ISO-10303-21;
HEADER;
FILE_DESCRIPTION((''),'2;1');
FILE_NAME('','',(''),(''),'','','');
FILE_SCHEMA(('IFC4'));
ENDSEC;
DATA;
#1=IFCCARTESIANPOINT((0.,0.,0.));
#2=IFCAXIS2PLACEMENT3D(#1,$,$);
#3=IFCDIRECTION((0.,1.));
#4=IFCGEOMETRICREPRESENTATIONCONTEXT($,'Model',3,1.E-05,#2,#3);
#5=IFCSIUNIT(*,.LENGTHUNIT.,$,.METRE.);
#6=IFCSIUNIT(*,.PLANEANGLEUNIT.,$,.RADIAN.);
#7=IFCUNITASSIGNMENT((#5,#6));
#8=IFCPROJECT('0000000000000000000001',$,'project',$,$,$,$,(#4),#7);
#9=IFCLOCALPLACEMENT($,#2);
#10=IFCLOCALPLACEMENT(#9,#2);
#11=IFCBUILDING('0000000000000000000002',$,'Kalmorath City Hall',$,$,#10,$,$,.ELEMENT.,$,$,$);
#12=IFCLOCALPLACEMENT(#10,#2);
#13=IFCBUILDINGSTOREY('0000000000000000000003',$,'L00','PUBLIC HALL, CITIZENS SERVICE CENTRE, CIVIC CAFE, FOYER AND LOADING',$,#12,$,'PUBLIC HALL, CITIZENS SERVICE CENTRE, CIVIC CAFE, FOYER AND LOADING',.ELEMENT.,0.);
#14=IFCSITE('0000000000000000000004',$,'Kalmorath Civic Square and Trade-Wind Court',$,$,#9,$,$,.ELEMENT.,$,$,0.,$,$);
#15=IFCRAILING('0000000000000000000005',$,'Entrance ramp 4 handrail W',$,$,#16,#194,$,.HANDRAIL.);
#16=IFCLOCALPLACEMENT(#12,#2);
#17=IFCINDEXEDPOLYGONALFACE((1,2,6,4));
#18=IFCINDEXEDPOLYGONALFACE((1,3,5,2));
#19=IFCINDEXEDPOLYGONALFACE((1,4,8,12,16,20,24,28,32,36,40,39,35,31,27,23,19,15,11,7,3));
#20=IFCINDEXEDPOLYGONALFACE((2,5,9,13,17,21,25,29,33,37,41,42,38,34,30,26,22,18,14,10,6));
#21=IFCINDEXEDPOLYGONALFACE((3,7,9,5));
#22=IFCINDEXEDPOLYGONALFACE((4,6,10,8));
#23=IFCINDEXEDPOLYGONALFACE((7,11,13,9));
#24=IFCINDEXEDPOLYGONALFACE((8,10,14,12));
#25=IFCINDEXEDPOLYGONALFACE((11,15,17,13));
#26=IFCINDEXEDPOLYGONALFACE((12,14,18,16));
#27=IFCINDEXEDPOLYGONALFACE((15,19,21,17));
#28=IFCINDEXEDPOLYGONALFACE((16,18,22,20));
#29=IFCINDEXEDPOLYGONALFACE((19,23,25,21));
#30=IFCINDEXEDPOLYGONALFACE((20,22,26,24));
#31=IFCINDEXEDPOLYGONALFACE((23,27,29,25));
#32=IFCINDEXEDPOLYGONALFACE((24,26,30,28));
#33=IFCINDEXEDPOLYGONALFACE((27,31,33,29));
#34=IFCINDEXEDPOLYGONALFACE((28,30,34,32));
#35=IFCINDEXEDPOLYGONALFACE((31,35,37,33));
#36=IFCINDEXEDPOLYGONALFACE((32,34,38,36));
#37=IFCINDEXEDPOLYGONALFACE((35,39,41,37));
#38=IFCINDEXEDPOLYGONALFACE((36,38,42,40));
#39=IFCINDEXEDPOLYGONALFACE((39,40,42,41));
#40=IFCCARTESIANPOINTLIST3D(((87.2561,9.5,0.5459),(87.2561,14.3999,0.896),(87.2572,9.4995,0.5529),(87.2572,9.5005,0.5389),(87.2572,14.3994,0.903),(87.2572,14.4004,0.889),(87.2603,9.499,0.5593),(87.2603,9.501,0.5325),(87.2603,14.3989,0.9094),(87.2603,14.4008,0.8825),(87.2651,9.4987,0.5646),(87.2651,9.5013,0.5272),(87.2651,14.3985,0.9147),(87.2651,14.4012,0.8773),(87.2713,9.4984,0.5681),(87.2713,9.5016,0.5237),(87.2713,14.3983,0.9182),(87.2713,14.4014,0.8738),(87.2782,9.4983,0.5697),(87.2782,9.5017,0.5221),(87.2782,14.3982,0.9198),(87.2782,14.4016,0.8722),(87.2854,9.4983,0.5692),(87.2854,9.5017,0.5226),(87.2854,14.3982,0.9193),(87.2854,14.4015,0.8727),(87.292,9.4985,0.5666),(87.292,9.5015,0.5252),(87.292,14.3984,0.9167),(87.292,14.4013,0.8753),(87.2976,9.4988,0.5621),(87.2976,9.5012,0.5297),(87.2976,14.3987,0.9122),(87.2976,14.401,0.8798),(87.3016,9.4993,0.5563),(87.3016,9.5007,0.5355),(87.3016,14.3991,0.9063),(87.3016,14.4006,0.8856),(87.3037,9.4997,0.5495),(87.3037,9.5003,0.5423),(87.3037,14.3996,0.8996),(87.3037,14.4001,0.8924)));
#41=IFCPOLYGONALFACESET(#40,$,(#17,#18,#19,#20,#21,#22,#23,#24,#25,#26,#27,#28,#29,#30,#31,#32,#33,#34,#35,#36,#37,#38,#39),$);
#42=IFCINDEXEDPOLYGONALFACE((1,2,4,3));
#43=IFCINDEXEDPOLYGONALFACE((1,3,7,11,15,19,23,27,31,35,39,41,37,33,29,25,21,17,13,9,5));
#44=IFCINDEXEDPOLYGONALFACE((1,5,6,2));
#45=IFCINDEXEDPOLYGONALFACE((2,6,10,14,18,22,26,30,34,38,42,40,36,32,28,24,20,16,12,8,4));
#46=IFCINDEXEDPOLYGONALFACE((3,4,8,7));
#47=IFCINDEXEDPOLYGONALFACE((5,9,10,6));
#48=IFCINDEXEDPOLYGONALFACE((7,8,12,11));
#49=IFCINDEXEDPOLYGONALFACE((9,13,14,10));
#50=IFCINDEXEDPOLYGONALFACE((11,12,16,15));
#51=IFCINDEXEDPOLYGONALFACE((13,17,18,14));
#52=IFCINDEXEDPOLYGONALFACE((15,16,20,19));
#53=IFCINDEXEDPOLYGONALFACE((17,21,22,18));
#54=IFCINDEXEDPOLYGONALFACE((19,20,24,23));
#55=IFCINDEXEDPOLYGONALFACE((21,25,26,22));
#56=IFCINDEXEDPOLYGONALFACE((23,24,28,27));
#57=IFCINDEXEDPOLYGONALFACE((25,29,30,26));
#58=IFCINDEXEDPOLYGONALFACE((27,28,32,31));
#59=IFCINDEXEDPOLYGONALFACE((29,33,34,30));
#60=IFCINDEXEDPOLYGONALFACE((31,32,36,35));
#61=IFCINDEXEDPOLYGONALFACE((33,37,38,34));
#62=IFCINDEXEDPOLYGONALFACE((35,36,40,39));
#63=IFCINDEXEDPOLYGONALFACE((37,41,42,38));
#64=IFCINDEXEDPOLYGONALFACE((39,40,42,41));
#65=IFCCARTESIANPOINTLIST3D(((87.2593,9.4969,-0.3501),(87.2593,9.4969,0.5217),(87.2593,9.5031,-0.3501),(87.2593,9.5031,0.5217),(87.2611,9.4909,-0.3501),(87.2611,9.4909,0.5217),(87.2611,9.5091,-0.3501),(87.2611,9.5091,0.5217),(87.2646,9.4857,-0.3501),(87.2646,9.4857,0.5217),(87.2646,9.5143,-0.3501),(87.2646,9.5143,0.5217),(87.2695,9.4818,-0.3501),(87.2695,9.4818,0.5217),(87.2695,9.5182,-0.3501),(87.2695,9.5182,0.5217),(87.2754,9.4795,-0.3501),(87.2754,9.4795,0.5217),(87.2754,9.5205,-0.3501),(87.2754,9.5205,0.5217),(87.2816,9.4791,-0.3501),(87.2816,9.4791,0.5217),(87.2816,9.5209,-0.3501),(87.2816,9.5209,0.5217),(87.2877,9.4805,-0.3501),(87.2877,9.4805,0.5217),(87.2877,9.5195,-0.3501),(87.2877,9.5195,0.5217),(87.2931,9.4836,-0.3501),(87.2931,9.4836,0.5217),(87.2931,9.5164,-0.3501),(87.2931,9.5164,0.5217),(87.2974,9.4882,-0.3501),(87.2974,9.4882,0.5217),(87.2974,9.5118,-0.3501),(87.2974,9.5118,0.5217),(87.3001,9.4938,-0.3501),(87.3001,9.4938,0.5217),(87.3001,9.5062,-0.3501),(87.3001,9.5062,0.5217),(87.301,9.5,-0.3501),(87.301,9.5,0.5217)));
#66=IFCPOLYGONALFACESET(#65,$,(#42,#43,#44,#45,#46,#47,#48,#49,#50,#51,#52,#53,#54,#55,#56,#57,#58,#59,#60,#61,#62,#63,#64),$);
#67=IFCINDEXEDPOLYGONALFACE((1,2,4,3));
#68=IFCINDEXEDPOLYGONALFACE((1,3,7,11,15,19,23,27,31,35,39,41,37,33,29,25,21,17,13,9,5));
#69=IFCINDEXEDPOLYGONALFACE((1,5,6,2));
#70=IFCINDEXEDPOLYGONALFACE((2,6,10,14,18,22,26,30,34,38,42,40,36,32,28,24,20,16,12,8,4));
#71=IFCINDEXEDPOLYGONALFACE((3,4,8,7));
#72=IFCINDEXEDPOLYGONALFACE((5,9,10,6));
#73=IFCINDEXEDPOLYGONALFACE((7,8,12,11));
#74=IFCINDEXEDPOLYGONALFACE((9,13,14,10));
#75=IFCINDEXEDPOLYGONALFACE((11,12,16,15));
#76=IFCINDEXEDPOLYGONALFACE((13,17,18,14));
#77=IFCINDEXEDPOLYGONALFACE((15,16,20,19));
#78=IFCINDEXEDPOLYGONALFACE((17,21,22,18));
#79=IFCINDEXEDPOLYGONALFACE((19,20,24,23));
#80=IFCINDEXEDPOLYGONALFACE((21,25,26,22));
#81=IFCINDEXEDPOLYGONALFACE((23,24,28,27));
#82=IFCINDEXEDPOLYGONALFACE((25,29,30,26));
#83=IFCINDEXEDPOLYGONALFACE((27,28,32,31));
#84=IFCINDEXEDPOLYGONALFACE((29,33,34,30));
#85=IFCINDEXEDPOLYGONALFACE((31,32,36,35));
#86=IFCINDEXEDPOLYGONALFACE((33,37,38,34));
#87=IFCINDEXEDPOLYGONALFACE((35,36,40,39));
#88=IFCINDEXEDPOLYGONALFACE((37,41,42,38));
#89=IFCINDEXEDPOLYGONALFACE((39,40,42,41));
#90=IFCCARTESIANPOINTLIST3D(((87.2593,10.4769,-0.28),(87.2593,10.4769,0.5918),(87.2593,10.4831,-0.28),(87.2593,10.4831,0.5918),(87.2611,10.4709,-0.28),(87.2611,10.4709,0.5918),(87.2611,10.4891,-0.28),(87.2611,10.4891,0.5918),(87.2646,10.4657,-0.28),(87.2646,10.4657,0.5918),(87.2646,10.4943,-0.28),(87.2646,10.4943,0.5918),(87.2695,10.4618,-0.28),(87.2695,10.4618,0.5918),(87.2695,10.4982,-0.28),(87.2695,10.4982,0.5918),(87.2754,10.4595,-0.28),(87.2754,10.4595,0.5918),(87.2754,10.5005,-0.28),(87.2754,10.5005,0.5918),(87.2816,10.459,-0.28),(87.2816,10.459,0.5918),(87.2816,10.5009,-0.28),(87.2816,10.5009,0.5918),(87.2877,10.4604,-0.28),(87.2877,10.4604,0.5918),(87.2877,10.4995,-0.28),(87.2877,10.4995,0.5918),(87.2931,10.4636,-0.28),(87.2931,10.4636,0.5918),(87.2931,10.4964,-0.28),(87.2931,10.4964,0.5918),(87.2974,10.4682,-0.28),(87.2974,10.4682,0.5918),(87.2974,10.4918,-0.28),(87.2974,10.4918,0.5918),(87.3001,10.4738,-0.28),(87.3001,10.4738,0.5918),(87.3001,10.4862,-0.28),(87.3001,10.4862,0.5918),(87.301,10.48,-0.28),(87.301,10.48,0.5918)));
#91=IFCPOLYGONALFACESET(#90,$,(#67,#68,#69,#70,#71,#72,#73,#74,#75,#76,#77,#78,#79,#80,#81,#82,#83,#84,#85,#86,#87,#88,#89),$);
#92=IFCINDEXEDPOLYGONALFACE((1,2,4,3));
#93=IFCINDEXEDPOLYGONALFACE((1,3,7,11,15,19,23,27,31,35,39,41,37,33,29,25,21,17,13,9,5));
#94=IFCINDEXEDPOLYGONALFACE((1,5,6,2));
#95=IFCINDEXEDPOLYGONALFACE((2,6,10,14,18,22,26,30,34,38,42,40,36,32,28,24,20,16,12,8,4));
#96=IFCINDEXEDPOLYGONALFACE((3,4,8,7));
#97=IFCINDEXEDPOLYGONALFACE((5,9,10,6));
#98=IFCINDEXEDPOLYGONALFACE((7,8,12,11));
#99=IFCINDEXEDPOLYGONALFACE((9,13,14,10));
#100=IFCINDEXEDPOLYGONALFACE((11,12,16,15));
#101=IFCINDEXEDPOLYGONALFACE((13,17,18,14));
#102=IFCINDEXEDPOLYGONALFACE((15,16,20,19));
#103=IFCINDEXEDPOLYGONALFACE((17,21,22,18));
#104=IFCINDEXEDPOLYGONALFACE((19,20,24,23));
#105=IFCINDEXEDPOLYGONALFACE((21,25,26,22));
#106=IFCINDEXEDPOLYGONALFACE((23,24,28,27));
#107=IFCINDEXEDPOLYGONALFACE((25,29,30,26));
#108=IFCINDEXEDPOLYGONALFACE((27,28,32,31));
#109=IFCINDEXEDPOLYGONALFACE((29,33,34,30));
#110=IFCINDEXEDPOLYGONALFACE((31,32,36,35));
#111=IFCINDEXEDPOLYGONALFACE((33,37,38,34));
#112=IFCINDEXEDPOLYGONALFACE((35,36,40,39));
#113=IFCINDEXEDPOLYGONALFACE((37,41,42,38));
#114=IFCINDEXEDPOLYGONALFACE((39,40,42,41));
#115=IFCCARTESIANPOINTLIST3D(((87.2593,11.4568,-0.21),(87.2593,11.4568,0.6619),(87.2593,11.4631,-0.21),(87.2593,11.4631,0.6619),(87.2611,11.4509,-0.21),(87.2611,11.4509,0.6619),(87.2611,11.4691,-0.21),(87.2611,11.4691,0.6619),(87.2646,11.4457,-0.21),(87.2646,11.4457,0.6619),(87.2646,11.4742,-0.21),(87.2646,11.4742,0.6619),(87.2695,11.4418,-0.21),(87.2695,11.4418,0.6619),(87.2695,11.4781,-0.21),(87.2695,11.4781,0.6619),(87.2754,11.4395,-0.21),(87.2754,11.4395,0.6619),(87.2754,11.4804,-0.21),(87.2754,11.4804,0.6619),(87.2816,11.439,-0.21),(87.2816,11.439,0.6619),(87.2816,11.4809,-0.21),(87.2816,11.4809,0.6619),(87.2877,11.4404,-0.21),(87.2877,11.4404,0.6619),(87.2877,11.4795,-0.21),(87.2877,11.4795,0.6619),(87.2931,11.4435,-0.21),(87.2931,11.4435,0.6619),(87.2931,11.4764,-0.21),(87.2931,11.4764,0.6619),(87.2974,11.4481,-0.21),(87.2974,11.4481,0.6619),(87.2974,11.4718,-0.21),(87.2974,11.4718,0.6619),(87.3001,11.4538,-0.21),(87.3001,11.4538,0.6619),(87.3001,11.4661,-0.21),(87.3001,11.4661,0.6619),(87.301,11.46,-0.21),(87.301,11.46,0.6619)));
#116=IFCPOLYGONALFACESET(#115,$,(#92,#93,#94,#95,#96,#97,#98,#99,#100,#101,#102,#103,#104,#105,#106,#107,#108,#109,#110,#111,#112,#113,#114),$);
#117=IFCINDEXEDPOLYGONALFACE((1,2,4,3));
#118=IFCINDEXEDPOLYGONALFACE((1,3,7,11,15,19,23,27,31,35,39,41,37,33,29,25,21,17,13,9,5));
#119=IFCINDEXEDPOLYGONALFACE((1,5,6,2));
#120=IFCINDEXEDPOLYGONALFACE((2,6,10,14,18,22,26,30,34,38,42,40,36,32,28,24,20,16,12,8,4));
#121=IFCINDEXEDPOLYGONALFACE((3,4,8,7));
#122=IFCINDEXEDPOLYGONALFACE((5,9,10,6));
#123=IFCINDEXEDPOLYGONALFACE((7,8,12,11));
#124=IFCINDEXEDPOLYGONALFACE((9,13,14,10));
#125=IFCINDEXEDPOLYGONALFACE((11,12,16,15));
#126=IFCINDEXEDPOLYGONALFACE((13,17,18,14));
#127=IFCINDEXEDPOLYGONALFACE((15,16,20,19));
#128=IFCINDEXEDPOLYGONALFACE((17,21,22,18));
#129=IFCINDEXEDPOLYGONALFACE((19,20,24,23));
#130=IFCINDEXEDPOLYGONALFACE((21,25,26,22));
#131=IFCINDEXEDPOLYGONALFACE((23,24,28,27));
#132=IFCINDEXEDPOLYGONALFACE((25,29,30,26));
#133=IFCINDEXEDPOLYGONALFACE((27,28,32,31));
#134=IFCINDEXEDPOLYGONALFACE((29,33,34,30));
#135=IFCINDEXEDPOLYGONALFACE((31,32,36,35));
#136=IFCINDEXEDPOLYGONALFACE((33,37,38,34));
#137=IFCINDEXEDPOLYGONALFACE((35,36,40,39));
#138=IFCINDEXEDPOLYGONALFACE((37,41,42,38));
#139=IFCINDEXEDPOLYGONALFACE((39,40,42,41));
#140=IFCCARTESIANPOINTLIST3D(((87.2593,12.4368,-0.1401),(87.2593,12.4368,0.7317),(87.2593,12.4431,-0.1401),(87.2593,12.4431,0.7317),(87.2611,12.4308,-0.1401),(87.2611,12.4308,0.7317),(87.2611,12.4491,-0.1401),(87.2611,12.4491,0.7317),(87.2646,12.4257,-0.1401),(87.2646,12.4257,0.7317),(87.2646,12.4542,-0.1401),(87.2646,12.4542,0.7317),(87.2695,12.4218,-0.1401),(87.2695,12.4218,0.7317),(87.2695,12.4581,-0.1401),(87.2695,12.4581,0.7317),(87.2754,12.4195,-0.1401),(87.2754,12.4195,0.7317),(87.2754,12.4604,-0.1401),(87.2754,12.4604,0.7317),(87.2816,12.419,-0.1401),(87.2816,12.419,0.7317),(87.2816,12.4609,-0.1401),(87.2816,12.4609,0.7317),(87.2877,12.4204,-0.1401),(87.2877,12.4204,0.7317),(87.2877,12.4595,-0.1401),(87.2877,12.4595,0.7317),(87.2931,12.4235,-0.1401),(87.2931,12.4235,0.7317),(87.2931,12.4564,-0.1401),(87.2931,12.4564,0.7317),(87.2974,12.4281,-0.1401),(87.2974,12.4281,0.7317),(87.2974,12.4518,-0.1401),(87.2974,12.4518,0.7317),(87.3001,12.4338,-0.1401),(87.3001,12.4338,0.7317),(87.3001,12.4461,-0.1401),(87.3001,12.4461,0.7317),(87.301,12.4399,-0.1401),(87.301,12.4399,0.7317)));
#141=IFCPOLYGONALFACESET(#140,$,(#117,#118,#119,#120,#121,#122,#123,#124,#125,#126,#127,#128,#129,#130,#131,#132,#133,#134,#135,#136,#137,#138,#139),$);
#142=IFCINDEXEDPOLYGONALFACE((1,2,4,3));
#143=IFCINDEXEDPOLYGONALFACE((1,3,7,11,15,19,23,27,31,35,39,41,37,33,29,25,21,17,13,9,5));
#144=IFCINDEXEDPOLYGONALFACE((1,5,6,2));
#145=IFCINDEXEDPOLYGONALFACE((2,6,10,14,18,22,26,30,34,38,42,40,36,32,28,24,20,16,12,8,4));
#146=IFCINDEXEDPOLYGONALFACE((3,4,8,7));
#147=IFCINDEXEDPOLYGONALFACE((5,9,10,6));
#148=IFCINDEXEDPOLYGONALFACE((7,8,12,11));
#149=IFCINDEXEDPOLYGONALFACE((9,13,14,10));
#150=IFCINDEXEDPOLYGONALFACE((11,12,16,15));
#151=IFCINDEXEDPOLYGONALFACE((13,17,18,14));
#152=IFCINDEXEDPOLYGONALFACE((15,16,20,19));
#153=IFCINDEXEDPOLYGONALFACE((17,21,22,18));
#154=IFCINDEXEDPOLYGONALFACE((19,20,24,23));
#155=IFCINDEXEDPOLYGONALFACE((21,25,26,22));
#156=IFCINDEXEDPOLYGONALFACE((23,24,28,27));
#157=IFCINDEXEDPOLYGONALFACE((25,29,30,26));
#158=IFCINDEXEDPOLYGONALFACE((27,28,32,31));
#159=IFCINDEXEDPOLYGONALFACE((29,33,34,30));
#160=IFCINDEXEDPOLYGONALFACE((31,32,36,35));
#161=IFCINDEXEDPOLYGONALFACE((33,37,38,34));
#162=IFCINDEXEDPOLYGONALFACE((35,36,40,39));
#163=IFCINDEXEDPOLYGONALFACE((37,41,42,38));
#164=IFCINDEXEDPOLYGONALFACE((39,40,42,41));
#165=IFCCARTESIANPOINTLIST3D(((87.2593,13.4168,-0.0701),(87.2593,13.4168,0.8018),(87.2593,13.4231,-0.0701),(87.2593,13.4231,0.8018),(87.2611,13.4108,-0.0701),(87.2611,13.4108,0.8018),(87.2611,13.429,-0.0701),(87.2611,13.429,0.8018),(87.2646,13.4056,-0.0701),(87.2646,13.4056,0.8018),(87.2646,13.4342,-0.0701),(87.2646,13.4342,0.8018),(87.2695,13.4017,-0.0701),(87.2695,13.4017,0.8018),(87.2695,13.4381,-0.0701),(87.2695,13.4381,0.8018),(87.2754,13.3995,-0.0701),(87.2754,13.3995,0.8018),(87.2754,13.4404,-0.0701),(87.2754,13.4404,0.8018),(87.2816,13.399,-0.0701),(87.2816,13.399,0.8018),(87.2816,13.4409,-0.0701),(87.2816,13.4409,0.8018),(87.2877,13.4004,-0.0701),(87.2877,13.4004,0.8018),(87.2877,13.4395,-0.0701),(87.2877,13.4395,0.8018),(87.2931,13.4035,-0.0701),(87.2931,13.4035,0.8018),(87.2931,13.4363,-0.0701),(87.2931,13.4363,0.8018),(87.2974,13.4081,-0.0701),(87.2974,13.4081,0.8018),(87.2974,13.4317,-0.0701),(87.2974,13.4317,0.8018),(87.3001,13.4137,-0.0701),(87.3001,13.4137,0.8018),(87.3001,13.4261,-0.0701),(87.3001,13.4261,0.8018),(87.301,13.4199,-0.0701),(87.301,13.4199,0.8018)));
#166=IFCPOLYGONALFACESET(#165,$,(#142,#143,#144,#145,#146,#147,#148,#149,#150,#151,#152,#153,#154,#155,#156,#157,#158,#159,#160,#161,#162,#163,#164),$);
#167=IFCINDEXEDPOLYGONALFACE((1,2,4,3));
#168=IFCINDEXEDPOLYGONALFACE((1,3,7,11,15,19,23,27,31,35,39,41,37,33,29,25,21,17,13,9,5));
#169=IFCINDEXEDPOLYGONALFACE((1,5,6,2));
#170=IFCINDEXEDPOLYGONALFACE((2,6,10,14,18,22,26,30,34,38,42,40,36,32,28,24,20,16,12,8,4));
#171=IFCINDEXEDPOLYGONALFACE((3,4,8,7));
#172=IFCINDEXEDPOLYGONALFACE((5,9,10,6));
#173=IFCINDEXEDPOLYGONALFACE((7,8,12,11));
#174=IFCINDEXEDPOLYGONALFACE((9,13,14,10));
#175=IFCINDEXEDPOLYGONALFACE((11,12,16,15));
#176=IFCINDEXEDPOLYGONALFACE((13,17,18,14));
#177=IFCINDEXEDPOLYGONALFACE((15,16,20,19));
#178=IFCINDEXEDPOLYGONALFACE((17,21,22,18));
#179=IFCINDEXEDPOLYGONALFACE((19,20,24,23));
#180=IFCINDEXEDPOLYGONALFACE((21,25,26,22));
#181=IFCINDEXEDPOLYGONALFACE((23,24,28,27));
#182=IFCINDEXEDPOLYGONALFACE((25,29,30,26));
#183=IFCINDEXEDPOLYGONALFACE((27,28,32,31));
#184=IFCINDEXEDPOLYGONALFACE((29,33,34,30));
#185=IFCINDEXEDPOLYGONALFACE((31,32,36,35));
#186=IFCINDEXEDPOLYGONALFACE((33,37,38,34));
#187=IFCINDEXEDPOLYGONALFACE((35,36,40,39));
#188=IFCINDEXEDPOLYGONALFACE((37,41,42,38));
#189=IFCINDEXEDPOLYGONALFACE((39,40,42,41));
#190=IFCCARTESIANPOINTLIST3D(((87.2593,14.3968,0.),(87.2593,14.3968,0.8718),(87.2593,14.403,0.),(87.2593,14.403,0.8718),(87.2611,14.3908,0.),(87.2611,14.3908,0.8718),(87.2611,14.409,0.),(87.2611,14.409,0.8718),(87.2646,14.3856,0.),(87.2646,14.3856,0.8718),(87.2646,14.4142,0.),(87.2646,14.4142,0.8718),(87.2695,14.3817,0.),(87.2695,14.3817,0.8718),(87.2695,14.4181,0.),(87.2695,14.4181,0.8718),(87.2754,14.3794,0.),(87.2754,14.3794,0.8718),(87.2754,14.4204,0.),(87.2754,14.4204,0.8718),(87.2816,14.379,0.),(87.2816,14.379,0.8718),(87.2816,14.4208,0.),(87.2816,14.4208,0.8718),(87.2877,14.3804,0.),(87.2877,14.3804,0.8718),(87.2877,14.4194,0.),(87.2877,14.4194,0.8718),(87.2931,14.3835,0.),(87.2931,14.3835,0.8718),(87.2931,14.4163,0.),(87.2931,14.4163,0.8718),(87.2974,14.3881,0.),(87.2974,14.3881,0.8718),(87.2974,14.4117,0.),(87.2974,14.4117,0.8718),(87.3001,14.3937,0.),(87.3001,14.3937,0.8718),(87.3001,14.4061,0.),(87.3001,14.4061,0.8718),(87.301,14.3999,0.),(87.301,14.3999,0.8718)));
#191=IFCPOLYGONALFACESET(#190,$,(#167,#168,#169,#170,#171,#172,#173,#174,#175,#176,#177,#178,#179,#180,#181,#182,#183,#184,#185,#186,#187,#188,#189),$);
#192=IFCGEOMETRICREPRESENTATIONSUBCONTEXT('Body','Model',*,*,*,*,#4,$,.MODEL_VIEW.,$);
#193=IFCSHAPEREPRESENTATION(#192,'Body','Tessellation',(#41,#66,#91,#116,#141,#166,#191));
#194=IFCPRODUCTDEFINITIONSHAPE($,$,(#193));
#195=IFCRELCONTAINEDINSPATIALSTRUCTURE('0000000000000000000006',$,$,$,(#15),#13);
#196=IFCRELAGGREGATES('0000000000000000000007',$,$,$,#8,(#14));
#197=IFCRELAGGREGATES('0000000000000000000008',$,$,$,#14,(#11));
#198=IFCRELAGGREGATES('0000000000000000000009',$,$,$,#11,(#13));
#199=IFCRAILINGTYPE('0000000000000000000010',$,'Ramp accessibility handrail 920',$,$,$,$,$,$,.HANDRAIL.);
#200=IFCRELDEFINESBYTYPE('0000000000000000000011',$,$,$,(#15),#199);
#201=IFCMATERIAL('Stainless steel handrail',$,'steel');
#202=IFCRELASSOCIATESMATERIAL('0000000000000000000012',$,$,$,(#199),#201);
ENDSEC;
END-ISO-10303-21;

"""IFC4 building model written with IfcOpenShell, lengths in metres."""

from ifc_helpers import new_model, si_unit, direction, frame, origin, origin_2d, place, context, subcontext, project, spatial, circle, extrude, material, type_object, element, save


model = new_model("IFC4")

# Units and contexts
model_context = context("Model", 3, precision=1e-05, world=origin(), true_north=direction((0.0, 1.0)))
body_context = subcontext(model_context, "Body", "Model", "MODEL_VIEW")
ifc_project = project(units=[si_unit("LENGTHUNIT", "METRE"), si_unit("PLANEANGLEUNIT", "RADIAN")], contexts=[model_context])

# Site, building, storey
site_placement = place(None, origin())
site = spatial("IfcSite", under=ifc_project, at=site_placement, Name="Kalmorath Civic Square and Trade-Wind Court", CompositionType="ELEMENT", RefElevation=0.0)
building_placement = place(site_placement, origin())
building = spatial("IfcBuilding", under=site, at=building_placement, Name="Kalmorath City Hall", CompositionType="ELEMENT")
storey_placement = place(building_placement, origin())
storey = spatial("IfcBuildingStorey", under=building, at=storey_placement, Name="L00", Description="PUBLIC HALL, CITIZENS SERVICE CENTRE, CIVIC CAFE, FOYER AND LOADING", LongName="PUBLIC HALL, CITIZENS SERVICE CENTRE, CIVIC CAFE, FOYER AND LOADING", CompositionType="ELEMENT", Elevation=0.0)

# Railing
ifc_material_1 = material(Name="Stainless steel handrail", Category="steel")
railing_type = type_object("IfcRailingType", Name="Ramp accessibility handrail 920", PredefinedType="HANDRAIL", material=ifc_material_1)
for number, where, name in (
    (1, (87.28, 9.5, -0.3501), "Entrance ramp 4 handrail W"),
):
    element("IfcRailing", number, at=place(storey_placement, frame(where)), inside=storey, type_object=railing_type, Name=name, PredefinedType="HANDRAIL", context=body_context, shape_type="SweptSolid", body=[
        extrude(circle(Radius=0.0239, at=origin_2d()), frame((0.0, 0.0, 0.896), z_axis=(0.0, 0.997457, 0.071268), x_axis=(-1.0, 0.0, 0.0)), (0.0, 0.0, 1.0), 4.9124),
        extrude(circle(Radius=0.021, at=origin_2d()), origin(), (0.0, 0.0, 1.0), 0.8718),
        extrude(circle(Radius=0.021, at=origin_2d()), frame((0.0, 0.98, 0.0701)), (0.0, 0.0, 1.0), 0.8718),
        extrude(circle(Radius=0.021, at=origin_2d()), frame((0.0, 1.96, 0.1401)), (0.0, 0.0, 1.0), 0.8718),
        extrude(circle(Radius=0.021, at=origin_2d()), frame((0.0, 2.9399, 0.21)), (0.0, 0.0, 1.0), 0.8718),
        extrude(circle(Radius=0.021, at=origin_2d()), frame((0.0, 3.9199, 0.28)), (0.0, 0.0, 1.0), 0.8718),
        extrude(circle(Radius=0.021, at=origin_2d()), frame((0.0, 4.8999, 0.3501)), (0.0, 0.0, 1.0), 0.8718),
    ])

save(model, "model.ifc")
